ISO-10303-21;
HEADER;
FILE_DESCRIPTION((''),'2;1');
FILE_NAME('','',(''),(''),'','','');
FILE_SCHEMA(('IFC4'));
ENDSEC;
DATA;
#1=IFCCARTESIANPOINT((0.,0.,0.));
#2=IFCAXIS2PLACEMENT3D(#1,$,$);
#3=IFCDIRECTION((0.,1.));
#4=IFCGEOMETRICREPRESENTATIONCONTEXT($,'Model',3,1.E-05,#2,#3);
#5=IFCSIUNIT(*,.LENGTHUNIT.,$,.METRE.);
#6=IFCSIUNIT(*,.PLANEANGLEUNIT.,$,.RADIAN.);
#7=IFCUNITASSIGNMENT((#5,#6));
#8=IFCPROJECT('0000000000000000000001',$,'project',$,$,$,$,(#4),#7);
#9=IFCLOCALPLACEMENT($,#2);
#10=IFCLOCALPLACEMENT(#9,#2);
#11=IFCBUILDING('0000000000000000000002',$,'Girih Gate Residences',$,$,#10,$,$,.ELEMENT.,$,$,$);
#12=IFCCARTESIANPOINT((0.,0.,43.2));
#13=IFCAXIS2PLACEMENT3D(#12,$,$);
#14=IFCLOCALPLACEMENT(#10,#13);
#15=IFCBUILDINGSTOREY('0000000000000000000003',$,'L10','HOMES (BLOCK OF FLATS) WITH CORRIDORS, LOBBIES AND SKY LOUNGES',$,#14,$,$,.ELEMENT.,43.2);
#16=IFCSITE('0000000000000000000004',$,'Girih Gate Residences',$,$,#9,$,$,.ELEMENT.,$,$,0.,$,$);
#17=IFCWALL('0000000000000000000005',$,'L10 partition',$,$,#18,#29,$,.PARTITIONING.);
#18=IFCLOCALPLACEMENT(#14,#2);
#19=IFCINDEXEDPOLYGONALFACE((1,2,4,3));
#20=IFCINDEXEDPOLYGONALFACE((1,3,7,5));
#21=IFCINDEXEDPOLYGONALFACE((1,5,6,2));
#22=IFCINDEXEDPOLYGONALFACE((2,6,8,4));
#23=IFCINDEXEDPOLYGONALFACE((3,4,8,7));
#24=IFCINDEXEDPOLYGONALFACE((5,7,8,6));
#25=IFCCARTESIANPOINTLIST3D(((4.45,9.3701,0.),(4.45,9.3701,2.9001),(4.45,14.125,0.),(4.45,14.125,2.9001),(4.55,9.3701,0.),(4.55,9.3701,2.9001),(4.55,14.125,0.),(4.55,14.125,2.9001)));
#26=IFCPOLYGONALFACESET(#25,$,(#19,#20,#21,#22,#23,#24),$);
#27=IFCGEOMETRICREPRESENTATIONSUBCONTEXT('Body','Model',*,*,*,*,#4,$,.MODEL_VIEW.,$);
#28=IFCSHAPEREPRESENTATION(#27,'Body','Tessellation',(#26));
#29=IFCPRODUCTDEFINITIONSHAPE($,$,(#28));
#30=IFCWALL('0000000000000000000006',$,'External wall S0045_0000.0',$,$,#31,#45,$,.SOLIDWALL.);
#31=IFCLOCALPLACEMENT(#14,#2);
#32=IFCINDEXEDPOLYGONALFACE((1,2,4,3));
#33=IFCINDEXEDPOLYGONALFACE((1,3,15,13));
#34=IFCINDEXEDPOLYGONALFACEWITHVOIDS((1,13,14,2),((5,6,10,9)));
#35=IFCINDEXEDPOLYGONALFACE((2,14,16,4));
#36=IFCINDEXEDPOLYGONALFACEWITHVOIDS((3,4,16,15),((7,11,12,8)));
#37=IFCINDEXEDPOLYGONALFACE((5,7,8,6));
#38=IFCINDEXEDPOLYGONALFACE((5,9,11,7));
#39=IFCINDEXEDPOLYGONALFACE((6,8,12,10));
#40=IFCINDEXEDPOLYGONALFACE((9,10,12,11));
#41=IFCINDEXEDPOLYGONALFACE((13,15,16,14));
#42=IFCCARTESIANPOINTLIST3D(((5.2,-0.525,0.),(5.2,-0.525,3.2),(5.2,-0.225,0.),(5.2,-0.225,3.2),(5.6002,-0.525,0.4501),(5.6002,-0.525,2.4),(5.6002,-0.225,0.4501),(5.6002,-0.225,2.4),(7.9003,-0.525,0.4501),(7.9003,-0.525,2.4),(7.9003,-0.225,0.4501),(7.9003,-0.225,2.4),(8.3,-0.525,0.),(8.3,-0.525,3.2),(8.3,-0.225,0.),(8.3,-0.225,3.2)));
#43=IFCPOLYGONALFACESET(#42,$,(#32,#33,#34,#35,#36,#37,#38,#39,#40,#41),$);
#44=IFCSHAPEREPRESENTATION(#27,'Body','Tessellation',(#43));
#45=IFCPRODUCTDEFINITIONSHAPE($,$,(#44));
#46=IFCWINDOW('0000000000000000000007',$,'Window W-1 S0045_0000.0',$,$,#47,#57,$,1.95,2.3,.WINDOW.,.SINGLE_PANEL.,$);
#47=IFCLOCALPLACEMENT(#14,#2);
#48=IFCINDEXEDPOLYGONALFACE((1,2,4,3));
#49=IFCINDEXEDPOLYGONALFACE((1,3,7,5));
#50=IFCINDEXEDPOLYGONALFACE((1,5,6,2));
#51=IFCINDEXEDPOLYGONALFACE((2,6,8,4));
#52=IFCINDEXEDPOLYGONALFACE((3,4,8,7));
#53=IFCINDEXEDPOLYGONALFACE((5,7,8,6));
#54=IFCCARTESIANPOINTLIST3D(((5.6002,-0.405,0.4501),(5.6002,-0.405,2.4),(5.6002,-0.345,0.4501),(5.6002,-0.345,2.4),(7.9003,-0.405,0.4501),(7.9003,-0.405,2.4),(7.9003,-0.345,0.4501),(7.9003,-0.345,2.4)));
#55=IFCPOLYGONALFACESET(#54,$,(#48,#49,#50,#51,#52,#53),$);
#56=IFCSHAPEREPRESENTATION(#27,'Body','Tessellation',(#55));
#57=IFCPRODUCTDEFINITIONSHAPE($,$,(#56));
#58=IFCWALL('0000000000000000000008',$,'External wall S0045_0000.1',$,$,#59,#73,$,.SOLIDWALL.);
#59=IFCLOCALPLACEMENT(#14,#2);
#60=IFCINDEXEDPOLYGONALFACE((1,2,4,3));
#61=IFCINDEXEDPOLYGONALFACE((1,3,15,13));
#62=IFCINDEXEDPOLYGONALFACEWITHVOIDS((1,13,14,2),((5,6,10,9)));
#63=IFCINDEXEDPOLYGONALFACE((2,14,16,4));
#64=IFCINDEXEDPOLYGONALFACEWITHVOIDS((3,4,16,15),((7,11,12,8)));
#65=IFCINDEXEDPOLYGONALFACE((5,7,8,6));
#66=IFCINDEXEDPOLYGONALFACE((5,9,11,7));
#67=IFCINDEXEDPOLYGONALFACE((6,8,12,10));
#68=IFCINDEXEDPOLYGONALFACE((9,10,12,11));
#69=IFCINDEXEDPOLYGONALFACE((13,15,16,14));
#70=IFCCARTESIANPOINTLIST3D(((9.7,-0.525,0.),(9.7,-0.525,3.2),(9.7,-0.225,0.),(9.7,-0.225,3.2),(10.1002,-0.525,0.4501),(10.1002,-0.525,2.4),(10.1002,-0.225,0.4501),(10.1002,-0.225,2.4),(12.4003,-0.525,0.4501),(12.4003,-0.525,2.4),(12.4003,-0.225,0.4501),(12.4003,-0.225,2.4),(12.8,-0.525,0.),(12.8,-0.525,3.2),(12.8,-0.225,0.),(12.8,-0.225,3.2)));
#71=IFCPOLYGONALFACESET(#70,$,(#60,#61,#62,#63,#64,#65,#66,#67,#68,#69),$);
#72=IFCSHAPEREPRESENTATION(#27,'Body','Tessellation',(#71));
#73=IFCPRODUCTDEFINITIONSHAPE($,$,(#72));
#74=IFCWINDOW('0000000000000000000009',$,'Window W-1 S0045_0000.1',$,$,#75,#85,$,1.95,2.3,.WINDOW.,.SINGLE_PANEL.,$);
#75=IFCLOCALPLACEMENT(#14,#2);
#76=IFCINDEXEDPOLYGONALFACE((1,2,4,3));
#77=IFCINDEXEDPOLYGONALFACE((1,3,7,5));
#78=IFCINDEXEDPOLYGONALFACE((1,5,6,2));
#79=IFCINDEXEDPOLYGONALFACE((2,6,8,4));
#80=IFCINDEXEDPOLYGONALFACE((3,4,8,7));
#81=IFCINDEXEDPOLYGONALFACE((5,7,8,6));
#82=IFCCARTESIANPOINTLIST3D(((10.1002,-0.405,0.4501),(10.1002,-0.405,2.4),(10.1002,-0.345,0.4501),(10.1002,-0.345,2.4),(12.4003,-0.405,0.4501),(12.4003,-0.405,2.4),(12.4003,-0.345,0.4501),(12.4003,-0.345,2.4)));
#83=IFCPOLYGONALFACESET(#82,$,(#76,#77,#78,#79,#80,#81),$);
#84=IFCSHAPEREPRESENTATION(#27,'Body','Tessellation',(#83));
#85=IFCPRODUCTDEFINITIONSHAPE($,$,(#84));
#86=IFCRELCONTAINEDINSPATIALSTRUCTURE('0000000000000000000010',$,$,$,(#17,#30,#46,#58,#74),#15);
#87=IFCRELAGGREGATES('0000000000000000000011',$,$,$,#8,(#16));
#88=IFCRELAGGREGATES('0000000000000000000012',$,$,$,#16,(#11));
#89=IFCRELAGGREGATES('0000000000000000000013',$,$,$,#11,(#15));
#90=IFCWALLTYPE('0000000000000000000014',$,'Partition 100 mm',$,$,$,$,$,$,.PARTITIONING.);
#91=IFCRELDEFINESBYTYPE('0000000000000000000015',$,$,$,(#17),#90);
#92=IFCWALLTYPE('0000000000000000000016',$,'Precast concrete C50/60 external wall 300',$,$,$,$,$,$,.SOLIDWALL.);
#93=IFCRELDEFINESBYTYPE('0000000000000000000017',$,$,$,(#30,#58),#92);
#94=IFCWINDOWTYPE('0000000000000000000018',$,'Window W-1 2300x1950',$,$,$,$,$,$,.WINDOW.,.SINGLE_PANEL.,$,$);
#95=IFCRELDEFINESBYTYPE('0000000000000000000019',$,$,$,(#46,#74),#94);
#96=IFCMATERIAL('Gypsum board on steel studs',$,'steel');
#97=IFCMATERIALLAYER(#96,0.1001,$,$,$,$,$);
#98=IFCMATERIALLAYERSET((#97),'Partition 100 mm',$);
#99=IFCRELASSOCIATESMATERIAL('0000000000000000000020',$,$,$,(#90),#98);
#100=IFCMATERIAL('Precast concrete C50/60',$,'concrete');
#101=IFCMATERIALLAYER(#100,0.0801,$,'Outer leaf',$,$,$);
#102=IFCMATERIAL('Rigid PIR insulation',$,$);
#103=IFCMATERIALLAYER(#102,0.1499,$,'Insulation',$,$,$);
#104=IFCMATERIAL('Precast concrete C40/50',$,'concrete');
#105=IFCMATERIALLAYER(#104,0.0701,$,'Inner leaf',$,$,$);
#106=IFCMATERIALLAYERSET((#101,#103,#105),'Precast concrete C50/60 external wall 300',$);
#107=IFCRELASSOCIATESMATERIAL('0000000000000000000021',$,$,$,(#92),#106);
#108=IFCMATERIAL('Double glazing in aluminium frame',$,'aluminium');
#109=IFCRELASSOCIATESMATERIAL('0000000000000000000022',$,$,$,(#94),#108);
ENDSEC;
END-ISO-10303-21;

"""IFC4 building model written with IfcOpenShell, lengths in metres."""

from ifc_helpers import new_model, si_unit, direction, frame, frame_2d, origin, place, context, subcontext, project, spatial, rectangle, extrude, material, layer, layer_set, type_object, element, fill, save


model = new_model("IFC4")

# Units and contexts
model_context = context("Model", 3, precision=1e-05, world=origin(), true_north=direction((0.0, 1.0)))
body_context = subcontext(model_context, "Body", "Model", "MODEL_VIEW")
ifc_project = project(units=[si_unit("LENGTHUNIT", "METRE"), si_unit("PLANEANGLEUNIT", "RADIAN")], contexts=[model_context])

# Site, building, storey
site_placement = place(None, origin())
site = spatial("IfcSite", under=ifc_project, at=site_placement, Name="Girih Gate Residences", CompositionType="ELEMENT", RefElevation=0.0)
building_placement = place(site_placement, origin())
building = spatial("IfcBuilding", under=site, at=building_placement, Name="Girih Gate Residences", CompositionType="ELEMENT")
storey_placement = place(building_placement, frame((0.0, 0.0, 43.2)))
storey = spatial("IfcBuildingStorey", under=building, at=storey_placement, Name="L10", Description="HOMES (BLOCK OF FLATS) WITH CORRIDORS, LOBBIES AND SKY LOUNGES", CompositionType="ELEMENT", Elevation=43.2)

# Shared definitions
ifc_material_1 = material(Name="Gypsum board on steel studs", Category="steel")
ifc_layer_1 = layer(ifc_material_1, 0.1001)
ifc_layer_set_1 = layer_set([ifc_layer_1], Name="Partition 100 mm")
wall_type_1 = type_object("IfcWallType", Name="Partition 100 mm", PredefinedType="PARTITIONING", material=ifc_layer_set_1)

# Wall
wall_1_placement = place(storey_placement, frame((4.5, 9.3701, 0.0), z_axis=(0.0, 0.0, 1.0), x_axis=(0.0, 1.0, 0.0)))
element("IfcWall", 1, at=wall_1_placement, inside=storey, type_object=wall_type_1, Name="L10 partition", PredefinedType="PARTITIONING", context=body_context, shape_type="SweptSolid", body=[
    extrude(rectangle(XDim=4.7549, YDim=0.1001, at=frame_2d((2.3774, 0.0))), origin(), (0.0, 0.0, 1.0), 2.9001),
])

# Walls, openings, windows
ifc_material_2 = material(Name="Precast concrete C50/60", Category="concrete")
ifc_layer_2 = layer(ifc_material_2, 0.0801, Name="Outer leaf")
ifc_material_3 = material(Name="Rigid PIR insulation")
ifc_layer_3 = layer(ifc_material_3, 0.1499, Name="Insulation")
ifc_material_4 = material(Name="Precast concrete C40/50", Category="concrete")
ifc_layer_4 = layer(ifc_material_4, 0.0701, Name="Inner leaf")
ifc_layer_set_2 = layer_set([ifc_layer_2, ifc_layer_3, ifc_layer_4], Name="Precast concrete C50/60 external wall 300")
wall_type_2 = type_object("IfcWallType", Name="Precast concrete C50/60 external wall 300", PredefinedType="SOLIDWALL", material=ifc_layer_set_2)
wall_2_placement = place(storey_placement, frame((8.3, -0.375, 0.0), z_axis=(0.0, 0.0, 1.0), x_axis=(-1.0, 0.0, 0.0)))
wall_2 = element("IfcWall", 2, at=wall_2_placement, inside=storey, type_object=wall_type_2, Name="External wall S0045_0000.0", PredefinedType="SOLIDWALL", context=body_context, shape_type="SweptSolid", body=[
    extrude(rectangle(XDim=3.1001, YDim=0.3, at=frame_2d((1.55, 0.0))), origin(), (0.0, 0.0, 1.0), 3.2),
])
opening_1_placement = place(wall_2_placement, frame((0.3999, 0.0, 0.45)))
opening_1 = element("IfcOpeningElement", 3, at=opening_1_placement, cuts=wall_2, PredefinedType="OPENING", context=body_context, shape_type="SweptSolid", body=[
    extrude(rectangle(XDim=2.3, YDim=1.95, at=frame_2d((1.1499, 0.9751))), frame((0.0, 0.1599, 0.0), z_axis=(0.0, -1.0, 0.0), x_axis=(1.0, 0.0, 0.0)), (0.0, 0.0, 1.0), 0.3201),
])
ifc_material_5 = material(Name="Double glazing in aluminium frame", Category="aluminium")
window_type = type_object("IfcWindowType", Name="Window W-1 2300x1950", PartitioningType="SINGLE_PANEL", PredefinedType="WINDOW", material=ifc_material_5)
window_1_placement = place(opening_1_placement, origin())
window_1 = element("IfcWindow", 4, at=window_1_placement, inside=storey, type_object=window_type, Name="Window W-1 S0045_0000.0", OverallHeight=1.95, OverallWidth=2.3, PartitioningType="SINGLE_PANEL", PredefinedType="WINDOW", context=body_context, shape_type="SweptSolid", body=[
    extrude(rectangle(XDim=2.3, YDim=1.95, at=frame_2d((1.1499, 0.9751))), frame((0.0, 0.03, 0.0), z_axis=(0.0, -1.0, 0.0), x_axis=(1.0, 0.0, 0.0)), (0.0, 0.0, 1.0), 0.0601),
])
fill(opening_1, window_1)
wall_3_placement = place(storey_placement, frame((12.8, -0.375, 0.0), z_axis=(0.0, 0.0, 1.0), x_axis=(-1.0, 0.0, 0.0)))
wall_3 = element("IfcWall", 5, at=wall_3_placement, inside=storey, type_object=wall_type_2, Name="External wall S0045_0000.1", PredefinedType="SOLIDWALL", context=body_context, shape_type="SweptSolid", body=[
    extrude(rectangle(XDim=3.1001, YDim=0.3, at=frame_2d((1.55, 0.0))), origin(), (0.0, 0.0, 1.0), 3.2),
])
opening_2_placement = place(wall_3_placement, frame((0.3999, 0.0, 0.45)))
opening_2 = element("IfcOpeningElement", 6, at=opening_2_placement, cuts=wall_3, PredefinedType="OPENING", context=body_context, shape_type="SweptSolid", body=[
    extrude(rectangle(XDim=2.3, YDim=1.95, at=frame_2d((1.1499, 0.9751))), frame((0.0, 0.1599, 0.0), z_axis=(0.0, -1.0, 0.0), x_axis=(1.0, 0.0, 0.0)), (0.0, 0.0, 1.0), 0.3201),
])
window_2_placement = place(opening_2_placement, origin())
window_2 = element("IfcWindow", 7, at=window_2_placement, inside=storey, type_object=window_type, Name="Window W-1 S0045_0000.1", OverallHeight=1.95, OverallWidth=2.3, PartitioningType="SINGLE_PANEL", PredefinedType="WINDOW", context=body_context, shape_type="SweptSolid", body=[
    extrude(rectangle(XDim=2.3, YDim=1.95, at=frame_2d((1.1499, 0.9751))), frame((0.0, 0.03, 0.0), z_axis=(0.0, -1.0, 0.0), x_axis=(1.0, 0.0, 0.0)), (0.0, 0.0, 1.0), 0.0601),
])
fill(opening_2, window_2)

save(model, "model.ifc")
